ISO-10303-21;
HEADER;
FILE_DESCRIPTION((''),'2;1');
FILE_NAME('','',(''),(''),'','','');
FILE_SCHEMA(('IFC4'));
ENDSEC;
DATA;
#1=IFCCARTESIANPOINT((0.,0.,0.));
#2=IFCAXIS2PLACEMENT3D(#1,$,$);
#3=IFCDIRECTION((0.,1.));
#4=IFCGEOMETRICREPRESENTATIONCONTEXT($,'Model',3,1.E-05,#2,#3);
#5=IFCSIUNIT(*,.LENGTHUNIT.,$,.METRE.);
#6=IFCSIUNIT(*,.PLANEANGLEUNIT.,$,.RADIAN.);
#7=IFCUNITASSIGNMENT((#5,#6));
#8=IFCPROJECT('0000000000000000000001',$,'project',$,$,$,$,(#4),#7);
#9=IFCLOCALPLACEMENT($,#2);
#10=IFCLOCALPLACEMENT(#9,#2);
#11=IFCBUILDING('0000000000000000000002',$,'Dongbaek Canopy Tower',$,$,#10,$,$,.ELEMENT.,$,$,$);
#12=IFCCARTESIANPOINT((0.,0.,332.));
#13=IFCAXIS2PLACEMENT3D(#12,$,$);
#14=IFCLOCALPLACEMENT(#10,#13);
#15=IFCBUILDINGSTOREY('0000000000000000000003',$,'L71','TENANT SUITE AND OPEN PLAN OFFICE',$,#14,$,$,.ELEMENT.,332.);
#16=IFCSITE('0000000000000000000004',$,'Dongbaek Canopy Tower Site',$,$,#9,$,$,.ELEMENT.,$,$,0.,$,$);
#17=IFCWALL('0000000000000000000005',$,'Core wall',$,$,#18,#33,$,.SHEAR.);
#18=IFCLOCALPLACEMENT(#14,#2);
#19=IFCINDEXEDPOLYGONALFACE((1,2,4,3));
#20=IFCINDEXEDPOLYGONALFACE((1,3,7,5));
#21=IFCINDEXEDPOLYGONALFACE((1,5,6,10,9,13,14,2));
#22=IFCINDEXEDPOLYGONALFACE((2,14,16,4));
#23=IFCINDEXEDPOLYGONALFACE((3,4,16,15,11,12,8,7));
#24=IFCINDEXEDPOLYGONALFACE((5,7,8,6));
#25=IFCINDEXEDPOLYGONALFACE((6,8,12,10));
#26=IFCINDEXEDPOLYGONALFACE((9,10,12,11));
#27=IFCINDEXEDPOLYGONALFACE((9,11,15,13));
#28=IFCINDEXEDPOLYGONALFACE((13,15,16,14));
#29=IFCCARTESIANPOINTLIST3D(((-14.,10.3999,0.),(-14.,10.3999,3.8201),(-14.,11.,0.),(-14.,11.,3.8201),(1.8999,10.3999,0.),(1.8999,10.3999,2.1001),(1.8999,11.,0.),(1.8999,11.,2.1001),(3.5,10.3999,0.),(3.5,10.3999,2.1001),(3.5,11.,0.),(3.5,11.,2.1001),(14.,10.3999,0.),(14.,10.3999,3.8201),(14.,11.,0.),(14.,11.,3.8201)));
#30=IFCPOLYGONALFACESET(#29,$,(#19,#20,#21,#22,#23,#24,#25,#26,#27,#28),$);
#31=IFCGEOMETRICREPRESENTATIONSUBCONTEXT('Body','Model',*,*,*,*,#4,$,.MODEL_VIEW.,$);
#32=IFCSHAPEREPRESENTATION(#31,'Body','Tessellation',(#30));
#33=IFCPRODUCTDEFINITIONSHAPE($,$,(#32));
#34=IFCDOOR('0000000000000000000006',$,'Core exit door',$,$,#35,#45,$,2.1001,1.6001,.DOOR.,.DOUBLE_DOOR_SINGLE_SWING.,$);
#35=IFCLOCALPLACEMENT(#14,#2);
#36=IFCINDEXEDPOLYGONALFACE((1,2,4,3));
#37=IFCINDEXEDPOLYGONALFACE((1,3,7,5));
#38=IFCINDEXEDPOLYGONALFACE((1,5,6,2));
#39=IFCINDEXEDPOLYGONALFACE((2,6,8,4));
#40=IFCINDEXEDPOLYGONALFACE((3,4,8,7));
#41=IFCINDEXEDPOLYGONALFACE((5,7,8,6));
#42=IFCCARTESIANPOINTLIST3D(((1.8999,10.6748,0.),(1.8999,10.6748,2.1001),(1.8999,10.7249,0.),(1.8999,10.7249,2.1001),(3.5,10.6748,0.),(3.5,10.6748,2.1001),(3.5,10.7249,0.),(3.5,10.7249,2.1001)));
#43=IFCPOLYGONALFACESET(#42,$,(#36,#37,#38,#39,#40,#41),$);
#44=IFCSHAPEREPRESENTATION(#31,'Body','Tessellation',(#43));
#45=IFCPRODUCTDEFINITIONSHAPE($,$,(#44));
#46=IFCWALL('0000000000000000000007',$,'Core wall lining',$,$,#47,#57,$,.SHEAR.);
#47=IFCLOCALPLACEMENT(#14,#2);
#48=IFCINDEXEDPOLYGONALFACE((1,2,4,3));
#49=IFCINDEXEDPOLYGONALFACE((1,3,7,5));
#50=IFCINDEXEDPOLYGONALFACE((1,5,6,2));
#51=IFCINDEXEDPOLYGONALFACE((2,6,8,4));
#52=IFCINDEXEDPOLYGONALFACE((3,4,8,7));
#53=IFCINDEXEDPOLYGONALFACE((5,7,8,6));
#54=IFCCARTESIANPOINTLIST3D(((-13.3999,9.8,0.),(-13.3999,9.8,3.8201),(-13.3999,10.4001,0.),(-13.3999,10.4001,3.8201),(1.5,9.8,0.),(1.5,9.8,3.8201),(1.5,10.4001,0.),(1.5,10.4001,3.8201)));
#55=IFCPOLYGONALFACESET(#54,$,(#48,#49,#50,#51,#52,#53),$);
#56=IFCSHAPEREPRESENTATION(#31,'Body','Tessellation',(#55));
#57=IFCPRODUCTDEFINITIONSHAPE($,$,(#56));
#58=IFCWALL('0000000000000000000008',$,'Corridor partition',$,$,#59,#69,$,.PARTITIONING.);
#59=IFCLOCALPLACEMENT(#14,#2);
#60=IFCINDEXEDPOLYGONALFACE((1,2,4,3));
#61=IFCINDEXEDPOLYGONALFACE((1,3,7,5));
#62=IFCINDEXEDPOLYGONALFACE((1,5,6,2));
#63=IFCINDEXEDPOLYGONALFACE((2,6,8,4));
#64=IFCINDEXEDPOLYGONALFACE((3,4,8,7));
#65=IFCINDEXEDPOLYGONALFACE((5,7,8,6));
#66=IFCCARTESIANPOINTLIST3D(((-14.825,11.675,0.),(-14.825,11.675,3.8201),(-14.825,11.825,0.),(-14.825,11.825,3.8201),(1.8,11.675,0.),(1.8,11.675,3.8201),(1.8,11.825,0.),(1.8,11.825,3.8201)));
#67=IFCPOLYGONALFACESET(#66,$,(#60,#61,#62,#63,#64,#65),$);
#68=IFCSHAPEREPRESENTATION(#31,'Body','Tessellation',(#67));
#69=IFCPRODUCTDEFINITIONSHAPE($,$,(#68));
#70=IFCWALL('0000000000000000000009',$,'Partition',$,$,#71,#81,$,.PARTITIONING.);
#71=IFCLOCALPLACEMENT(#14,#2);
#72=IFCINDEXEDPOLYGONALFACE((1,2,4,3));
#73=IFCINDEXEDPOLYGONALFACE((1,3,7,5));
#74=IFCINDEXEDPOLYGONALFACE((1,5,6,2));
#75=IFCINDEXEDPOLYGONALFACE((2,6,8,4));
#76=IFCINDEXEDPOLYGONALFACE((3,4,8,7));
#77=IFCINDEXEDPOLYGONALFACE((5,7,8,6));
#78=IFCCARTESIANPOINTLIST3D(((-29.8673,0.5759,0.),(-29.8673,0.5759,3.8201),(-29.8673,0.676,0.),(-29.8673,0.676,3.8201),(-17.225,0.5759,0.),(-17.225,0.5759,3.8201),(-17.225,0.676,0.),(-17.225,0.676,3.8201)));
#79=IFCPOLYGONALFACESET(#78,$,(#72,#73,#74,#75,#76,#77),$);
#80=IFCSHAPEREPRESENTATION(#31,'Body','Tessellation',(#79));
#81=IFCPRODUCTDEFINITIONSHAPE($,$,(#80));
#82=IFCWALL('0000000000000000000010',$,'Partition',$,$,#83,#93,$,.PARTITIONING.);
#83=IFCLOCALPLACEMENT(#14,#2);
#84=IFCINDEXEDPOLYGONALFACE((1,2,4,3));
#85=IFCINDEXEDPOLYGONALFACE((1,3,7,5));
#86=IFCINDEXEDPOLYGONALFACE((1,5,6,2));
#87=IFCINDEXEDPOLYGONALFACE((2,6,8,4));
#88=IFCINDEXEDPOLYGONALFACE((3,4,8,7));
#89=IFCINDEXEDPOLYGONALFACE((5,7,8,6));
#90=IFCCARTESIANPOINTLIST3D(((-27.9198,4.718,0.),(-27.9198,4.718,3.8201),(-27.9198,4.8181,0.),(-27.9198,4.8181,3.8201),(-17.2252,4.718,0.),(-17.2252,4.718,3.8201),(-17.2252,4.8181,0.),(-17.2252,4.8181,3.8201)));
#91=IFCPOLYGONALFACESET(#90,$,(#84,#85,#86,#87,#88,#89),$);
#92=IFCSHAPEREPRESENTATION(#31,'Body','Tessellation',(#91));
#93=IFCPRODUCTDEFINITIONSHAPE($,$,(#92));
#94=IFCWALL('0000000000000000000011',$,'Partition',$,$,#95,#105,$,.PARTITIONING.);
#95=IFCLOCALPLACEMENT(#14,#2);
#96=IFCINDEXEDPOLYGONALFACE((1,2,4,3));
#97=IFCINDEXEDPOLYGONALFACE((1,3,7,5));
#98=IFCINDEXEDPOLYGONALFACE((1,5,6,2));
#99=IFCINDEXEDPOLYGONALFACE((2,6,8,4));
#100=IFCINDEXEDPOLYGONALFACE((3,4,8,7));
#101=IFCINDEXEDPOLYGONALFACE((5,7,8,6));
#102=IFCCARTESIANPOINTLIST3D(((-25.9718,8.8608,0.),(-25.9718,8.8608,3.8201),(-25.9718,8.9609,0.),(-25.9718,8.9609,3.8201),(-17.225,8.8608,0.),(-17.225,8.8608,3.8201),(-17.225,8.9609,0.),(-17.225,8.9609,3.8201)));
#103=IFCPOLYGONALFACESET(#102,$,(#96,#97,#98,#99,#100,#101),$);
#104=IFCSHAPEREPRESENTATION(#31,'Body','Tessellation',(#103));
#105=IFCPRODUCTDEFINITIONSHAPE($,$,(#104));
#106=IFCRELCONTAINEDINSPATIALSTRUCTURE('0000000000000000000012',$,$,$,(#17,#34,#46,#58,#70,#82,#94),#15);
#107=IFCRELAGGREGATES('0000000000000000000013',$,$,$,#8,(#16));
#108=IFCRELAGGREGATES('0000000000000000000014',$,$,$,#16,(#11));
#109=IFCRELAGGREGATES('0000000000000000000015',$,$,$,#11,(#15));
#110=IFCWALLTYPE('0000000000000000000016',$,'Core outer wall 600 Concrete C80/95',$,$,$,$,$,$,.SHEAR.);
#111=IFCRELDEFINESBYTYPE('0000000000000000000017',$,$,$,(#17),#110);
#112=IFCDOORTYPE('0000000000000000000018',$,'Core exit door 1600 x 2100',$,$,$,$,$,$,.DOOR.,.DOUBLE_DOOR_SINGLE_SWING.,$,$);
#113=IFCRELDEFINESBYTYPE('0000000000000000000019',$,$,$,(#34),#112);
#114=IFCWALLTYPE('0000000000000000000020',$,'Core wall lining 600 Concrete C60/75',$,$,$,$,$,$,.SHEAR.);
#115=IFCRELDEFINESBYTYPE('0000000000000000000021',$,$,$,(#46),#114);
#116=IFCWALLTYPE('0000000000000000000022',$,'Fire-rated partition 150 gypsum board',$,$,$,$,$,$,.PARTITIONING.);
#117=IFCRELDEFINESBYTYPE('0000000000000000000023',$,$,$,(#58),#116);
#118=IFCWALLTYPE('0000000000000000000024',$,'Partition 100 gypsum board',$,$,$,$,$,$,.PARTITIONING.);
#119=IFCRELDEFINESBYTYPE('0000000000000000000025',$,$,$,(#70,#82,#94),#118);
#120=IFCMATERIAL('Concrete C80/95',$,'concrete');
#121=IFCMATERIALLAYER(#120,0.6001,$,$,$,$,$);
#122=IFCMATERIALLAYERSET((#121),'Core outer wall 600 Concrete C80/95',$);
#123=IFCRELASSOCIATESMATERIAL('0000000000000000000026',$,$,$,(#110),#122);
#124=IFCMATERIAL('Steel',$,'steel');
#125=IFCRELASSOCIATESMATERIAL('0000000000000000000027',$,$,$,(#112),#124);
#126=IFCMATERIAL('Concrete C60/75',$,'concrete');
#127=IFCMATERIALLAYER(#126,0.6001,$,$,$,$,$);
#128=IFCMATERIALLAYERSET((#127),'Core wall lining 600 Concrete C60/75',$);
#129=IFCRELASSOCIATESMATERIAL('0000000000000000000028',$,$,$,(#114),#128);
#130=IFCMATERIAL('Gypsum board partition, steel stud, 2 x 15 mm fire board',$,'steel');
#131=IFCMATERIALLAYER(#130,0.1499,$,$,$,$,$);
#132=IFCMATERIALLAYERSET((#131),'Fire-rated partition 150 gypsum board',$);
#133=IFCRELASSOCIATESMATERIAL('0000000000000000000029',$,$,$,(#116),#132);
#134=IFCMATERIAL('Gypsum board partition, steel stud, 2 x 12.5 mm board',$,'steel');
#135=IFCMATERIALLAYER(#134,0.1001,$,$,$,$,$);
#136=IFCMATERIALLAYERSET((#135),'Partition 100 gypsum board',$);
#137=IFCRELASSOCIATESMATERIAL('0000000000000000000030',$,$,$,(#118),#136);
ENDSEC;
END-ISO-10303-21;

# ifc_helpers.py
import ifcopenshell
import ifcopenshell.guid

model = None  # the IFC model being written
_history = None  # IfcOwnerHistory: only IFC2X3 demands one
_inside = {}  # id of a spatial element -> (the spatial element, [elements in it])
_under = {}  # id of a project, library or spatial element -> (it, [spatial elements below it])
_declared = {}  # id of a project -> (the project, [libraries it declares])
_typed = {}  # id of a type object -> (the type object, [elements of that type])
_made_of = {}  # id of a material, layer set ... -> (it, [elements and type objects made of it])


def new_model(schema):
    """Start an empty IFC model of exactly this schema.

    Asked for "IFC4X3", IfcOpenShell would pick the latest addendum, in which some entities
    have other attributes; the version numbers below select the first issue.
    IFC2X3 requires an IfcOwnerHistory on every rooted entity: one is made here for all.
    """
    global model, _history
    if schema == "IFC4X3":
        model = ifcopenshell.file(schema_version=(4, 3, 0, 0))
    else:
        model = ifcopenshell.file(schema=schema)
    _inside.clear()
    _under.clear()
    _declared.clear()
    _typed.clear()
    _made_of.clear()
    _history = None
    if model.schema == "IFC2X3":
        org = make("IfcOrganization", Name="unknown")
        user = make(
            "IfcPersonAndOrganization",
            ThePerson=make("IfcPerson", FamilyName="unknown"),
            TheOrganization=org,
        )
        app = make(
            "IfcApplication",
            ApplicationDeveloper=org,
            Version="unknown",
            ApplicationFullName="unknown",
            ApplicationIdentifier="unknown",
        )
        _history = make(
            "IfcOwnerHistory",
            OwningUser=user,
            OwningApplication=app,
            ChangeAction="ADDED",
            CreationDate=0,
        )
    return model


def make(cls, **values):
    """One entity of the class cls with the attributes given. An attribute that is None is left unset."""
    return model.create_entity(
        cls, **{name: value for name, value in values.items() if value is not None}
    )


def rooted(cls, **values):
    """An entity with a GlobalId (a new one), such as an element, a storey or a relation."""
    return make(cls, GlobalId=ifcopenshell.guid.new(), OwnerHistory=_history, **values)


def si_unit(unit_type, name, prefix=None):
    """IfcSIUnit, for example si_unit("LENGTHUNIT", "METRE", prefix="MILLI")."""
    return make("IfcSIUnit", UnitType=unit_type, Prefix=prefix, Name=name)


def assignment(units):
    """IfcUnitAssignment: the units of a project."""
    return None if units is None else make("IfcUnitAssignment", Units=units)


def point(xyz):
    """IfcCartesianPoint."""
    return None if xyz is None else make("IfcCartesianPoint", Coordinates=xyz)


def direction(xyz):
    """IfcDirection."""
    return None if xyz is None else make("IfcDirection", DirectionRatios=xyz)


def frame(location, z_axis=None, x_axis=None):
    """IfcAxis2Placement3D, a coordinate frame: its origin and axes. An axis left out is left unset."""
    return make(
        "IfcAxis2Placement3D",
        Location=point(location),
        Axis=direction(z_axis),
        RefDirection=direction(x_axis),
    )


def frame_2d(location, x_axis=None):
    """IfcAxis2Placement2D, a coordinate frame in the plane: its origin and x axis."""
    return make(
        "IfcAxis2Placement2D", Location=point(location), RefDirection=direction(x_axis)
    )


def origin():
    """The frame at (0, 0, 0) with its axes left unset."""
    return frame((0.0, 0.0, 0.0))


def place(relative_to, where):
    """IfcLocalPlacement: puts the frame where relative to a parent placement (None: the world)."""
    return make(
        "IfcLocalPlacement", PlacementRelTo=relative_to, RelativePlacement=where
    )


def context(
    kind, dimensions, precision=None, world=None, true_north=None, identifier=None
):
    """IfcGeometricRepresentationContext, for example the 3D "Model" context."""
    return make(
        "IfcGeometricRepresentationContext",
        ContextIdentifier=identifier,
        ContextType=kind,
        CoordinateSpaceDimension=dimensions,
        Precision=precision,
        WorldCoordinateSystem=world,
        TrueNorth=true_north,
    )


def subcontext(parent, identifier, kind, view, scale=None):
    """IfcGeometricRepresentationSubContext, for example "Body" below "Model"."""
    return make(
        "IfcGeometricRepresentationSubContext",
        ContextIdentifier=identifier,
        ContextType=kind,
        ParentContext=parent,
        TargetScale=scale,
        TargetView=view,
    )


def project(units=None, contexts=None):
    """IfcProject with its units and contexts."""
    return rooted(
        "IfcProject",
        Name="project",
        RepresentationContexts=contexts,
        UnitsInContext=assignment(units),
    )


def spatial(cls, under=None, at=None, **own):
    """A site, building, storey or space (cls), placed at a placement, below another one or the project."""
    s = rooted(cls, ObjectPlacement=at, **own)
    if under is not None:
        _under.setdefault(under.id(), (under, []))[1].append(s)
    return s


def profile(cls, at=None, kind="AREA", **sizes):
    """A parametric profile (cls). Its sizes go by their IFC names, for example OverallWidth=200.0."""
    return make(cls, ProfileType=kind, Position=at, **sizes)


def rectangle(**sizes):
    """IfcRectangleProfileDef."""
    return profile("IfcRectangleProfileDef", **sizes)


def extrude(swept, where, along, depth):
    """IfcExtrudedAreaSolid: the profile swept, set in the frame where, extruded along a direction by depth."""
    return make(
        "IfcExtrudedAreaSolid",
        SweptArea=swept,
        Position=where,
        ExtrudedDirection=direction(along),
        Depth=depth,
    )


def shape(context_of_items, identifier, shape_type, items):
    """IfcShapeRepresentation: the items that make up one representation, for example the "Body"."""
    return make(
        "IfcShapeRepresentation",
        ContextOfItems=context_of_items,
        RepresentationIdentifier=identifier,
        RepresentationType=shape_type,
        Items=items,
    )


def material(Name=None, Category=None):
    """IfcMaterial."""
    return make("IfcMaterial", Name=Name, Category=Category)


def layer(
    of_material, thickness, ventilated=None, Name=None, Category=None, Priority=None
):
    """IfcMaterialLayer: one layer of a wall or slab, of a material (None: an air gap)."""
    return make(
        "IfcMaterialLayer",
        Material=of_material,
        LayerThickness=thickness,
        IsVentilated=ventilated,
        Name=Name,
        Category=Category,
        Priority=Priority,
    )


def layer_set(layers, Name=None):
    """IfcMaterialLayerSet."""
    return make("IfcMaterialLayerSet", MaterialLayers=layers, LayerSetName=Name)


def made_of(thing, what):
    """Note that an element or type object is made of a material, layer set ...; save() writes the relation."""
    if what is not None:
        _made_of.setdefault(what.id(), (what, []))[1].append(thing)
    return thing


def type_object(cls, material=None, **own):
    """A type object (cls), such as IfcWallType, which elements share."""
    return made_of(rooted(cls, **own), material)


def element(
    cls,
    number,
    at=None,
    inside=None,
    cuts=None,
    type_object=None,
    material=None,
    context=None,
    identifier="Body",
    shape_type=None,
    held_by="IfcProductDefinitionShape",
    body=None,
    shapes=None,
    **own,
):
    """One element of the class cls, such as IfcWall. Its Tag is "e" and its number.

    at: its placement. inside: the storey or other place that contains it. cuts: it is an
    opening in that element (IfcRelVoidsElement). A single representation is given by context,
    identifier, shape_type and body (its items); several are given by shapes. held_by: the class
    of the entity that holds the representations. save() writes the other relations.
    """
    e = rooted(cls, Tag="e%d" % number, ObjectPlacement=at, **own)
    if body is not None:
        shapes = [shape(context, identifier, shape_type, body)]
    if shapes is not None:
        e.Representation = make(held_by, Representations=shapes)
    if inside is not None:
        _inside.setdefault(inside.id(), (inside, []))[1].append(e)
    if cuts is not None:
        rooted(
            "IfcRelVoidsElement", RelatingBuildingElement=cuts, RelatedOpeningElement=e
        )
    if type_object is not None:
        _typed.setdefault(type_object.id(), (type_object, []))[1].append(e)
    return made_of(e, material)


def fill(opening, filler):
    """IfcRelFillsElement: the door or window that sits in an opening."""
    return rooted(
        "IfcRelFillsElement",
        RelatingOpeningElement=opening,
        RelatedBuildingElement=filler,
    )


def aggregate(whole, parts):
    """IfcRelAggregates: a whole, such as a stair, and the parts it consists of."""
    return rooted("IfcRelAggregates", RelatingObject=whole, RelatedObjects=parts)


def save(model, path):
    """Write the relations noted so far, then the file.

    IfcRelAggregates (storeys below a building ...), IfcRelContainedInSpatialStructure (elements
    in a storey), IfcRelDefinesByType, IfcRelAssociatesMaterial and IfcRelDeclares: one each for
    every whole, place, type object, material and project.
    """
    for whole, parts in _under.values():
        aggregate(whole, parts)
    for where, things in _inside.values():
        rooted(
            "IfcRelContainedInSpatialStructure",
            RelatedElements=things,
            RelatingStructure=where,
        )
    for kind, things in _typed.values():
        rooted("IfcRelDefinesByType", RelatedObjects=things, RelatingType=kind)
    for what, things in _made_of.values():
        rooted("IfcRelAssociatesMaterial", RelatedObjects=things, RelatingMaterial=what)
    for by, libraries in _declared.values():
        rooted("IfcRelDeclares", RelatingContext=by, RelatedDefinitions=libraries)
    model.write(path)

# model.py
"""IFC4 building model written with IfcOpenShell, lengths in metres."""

from ifc_helpers import new_model, si_unit, direction, frame, frame_2d, origin, place, context, subcontext, project, spatial, rectangle, extrude, material, layer, layer_set, type_object, element, fill, save


model = new_model("IFC4")

# Units and contexts
model_context = context("Model", 3, precision=1e-05, world=origin(), true_north=direction((0.0, 1.0)))
body_context = subcontext(model_context, "Body", "Model", "MODEL_VIEW")
ifc_project = project(units=[si_unit("LENGTHUNIT", "METRE"), si_unit("PLANEANGLEUNIT", "RADIAN")], contexts=[model_context])

# Site, building, storey
site_placement = place(None, origin())
site = spatial("IfcSite", under=ifc_project, at=site_placement, Name="Dongbaek Canopy Tower Site", CompositionType="ELEMENT", RefElevation=0.0)
building_placement = place(site_placement, origin())
building = spatial("IfcBuilding", under=site, at=building_placement, Name="Dongbaek Canopy Tower", CompositionType="ELEMENT")
storey_placement = place(building_placement, frame((0.0, 0.0, 332.0)))
storey = spatial("IfcBuildingStorey", under=building, at=storey_placement, Name="L71", Description="TENANT SUITE AND OPEN PLAN OFFICE", CompositionType="ELEMENT", Elevation=332.0)

# Wall, opening, door
ifc_material_1 = material(Name="Concrete C80/95", Category="concrete")
ifc_layer_1 = layer(ifc_material_1, 0.6001)
ifc_layer_set_1 = layer_set([ifc_layer_1], Name="Core outer wall 600 Concrete C80/95")
wall_type_1 = type_object("IfcWallType", Name="Core outer wall 600 Concrete C80/95", PredefinedType="SHEAR", material=ifc_layer_set_1)
wall_1_placement = place(storey_placement, frame((-14.0, 10.7, 0.0), z_axis=(0.0, 0.0, 1.0), x_axis=(1.0, 0.0, 0.0)))
wall_1 = element("IfcWall", 1, at=wall_1_placement, inside=storey, type_object=wall_type_1, Name="Core wall", PredefinedType="SHEAR", context=body_context, shape_type="SweptSolid", body=[
    extrude(rectangle(XDim=28.0, YDim=0.6001, at=frame_2d((14.0, 0.0))), origin(), (0.0, 0.0, 1.0), 3.8201),
])
opening_1_placement = place(wall_1_placement, frame((15.8999, 0.0, 0.0)))
opening_1 = element("IfcOpeningElement", 2, at=opening_1_placement, cuts=wall_1, PredefinedType="OPENING", context=body_context, shape_type="SweptSolid", body=[
    extrude(rectangle(XDim=1.6001, YDim=2.1001, at=frame_2d((0.8, 1.05))), frame((0.0, 0.3101, 0.0), z_axis=(0.0, -1.0, 0.0), x_axis=(1.0, 0.0, 0.0)), (0.0, 0.0, 1.0), 0.6201),
])
ifc_material_2 = material(Name="Steel", Category="steel")
door_type_1 = type_object("IfcDoorType", Name="Core exit door 1600 x 2100", OperationType="DOUBLE_DOOR_SINGLE_SWING", PredefinedType="DOOR", material=ifc_material_2)
door_1_placement = place(opening_1_placement, origin())
door_1 = element("IfcDoor", 3, at=door_1_placement, inside=storey, type_object=door_type_1, Name="Core exit door", OperationType="DOUBLE_DOOR_SINGLE_SWING", OverallHeight=2.1001, OverallWidth=1.6001, PredefinedType="DOOR", context=body_context, shape_type="SweptSolid", body=[
    extrude(rectangle(XDim=1.6001, YDim=2.1001, at=frame_2d((0.8, 1.05))), frame((0.0, 0.0249, 0.0), z_axis=(0.0, -1.0, 0.0), x_axis=(1.0, 0.0, 0.0)), (0.0, 0.0, 1.0), 0.05),
])
fill(opening_1, door_1)

# Walls
ifc_material_3 = material(Name="Concrete C60/75", Category="concrete")
ifc_layer_2 = layer(ifc_material_3, 0.6001)
ifc_layer_set_2 = layer_set([ifc_layer_2], Name="Core wall lining 600 Concrete C60/75")
wall_type_2 = type_object("IfcWallType", Name="Core wall lining 600 Concrete C60/75", PredefinedType="SHEAR", material=ifc_layer_set_2)
wall_2_placement = place(storey_placement, frame((-13.3999, 10.1001, 0.0), z_axis=(0.0, 0.0, 1.0), x_axis=(1.0, 0.0, 0.0)))
element("IfcWall", 4, at=wall_2_placement, inside=storey, type_object=wall_type_2, Name="Core wall lining", PredefinedType="SHEAR", context=body_context, shape_type="SweptSolid", body=[
    extrude(rectangle(XDim=14.8999, YDim=0.6001, at=frame_2d((7.45, 0.0))), origin(), (0.0, 0.0, 1.0), 3.8201),
])
ifc_material_4 = material(Name="Gypsum board partition, steel stud, 2 x 15 mm fire board", Category="steel")
ifc_layer_3 = layer(ifc_material_4, 0.1499)
ifc_layer_set_3 = layer_set([ifc_layer_3], Name="Fire-rated partition 150 gypsum board")
wall_type_3 = type_object("IfcWallType", Name="Fire-rated partition 150 gypsum board", PredefinedType="PARTITIONING", material=ifc_layer_set_3)
wall_3_placement = place(storey_placement, frame((-14.825, 11.75, 0.0), z_axis=(0.0, 0.0, 1.0), x_axis=(1.0, 0.0, 0.0)))
element("IfcWall", 5, at=wall_3_placement, inside=storey, type_object=wall_type_3, Name="Corridor partition", PredefinedType="PARTITIONING", context=body_context, shape_type="SweptSolid", body=[
    extrude(rectangle(XDim=16.625, YDim=0.1499, at=frame_2d((8.3125, 0.0))), origin(), (0.0, 0.0, 1.0), 3.8201),
])
ifc_material_5 = material(Name="Gypsum board partition, steel stud, 2 x 12.5 mm board", Category="steel")
ifc_layer_4 = layer(ifc_material_5, 0.1001)
ifc_layer_set_4 = layer_set([ifc_layer_4], Name="Partition 100 gypsum board")
wall_type_4 = type_object("IfcWallType", Name="Partition 100 gypsum board", PredefinedType="PARTITIONING", material=ifc_layer_set_4)
wall_4_placement = place(storey_placement, frame((-29.8674, 0.626, 0.0), z_axis=(0.0, 0.0, 1.0), x_axis=(1.0, 0.0, 0.0)))
element("IfcWall", 6, at=wall_4_placement, inside=storey, type_object=wall_type_4, Name="Partition", PredefinedType="PARTITIONING", context=body_context, shape_type="SweptSolid", body=[
    extrude(rectangle(XDim=12.6423, YDim=0.1001, at=frame_2d((6.3213, 0.0))), origin(), (0.0, 0.0, 1.0), 3.8201),
])
wall_5_placement = place(storey_placement, frame((-27.9197, 4.7681, 0.0), z_axis=(0.0, 0.0, 1.0), x_axis=(1.0, 0.0, 0.0)))
element("IfcWall", 7, at=wall_5_placement, inside=storey, type_object=wall_type_4, Name="Partition", PredefinedType="PARTITIONING", context=body_context, shape_type="SweptSolid", body=[
    extrude(rectangle(XDim=10.6946, YDim=0.1001, at=frame_2d((5.3472, 0.0))), origin(), (0.0, 0.0, 1.0), 3.8201),
])
wall_6_placement = place(storey_placement, frame((-25.9719, 8.9109, 0.0), z_axis=(0.0, 0.0, 1.0), x_axis=(1.0, 0.0, 0.0)))
element("IfcWall", 8, at=wall_6_placement, inside=storey, type_object=wall_type_4, Name="Partition", PredefinedType="PARTITIONING", context=body_context, shape_type="SweptSolid", body=[
    extrude(rectangle(XDim=8.7468, YDim=0.1001, at=frame_2d((4.3735, 0.0))), origin(), (0.0, 0.0, 1.0), 3.8201),
])

save(model, "model.ifc")
